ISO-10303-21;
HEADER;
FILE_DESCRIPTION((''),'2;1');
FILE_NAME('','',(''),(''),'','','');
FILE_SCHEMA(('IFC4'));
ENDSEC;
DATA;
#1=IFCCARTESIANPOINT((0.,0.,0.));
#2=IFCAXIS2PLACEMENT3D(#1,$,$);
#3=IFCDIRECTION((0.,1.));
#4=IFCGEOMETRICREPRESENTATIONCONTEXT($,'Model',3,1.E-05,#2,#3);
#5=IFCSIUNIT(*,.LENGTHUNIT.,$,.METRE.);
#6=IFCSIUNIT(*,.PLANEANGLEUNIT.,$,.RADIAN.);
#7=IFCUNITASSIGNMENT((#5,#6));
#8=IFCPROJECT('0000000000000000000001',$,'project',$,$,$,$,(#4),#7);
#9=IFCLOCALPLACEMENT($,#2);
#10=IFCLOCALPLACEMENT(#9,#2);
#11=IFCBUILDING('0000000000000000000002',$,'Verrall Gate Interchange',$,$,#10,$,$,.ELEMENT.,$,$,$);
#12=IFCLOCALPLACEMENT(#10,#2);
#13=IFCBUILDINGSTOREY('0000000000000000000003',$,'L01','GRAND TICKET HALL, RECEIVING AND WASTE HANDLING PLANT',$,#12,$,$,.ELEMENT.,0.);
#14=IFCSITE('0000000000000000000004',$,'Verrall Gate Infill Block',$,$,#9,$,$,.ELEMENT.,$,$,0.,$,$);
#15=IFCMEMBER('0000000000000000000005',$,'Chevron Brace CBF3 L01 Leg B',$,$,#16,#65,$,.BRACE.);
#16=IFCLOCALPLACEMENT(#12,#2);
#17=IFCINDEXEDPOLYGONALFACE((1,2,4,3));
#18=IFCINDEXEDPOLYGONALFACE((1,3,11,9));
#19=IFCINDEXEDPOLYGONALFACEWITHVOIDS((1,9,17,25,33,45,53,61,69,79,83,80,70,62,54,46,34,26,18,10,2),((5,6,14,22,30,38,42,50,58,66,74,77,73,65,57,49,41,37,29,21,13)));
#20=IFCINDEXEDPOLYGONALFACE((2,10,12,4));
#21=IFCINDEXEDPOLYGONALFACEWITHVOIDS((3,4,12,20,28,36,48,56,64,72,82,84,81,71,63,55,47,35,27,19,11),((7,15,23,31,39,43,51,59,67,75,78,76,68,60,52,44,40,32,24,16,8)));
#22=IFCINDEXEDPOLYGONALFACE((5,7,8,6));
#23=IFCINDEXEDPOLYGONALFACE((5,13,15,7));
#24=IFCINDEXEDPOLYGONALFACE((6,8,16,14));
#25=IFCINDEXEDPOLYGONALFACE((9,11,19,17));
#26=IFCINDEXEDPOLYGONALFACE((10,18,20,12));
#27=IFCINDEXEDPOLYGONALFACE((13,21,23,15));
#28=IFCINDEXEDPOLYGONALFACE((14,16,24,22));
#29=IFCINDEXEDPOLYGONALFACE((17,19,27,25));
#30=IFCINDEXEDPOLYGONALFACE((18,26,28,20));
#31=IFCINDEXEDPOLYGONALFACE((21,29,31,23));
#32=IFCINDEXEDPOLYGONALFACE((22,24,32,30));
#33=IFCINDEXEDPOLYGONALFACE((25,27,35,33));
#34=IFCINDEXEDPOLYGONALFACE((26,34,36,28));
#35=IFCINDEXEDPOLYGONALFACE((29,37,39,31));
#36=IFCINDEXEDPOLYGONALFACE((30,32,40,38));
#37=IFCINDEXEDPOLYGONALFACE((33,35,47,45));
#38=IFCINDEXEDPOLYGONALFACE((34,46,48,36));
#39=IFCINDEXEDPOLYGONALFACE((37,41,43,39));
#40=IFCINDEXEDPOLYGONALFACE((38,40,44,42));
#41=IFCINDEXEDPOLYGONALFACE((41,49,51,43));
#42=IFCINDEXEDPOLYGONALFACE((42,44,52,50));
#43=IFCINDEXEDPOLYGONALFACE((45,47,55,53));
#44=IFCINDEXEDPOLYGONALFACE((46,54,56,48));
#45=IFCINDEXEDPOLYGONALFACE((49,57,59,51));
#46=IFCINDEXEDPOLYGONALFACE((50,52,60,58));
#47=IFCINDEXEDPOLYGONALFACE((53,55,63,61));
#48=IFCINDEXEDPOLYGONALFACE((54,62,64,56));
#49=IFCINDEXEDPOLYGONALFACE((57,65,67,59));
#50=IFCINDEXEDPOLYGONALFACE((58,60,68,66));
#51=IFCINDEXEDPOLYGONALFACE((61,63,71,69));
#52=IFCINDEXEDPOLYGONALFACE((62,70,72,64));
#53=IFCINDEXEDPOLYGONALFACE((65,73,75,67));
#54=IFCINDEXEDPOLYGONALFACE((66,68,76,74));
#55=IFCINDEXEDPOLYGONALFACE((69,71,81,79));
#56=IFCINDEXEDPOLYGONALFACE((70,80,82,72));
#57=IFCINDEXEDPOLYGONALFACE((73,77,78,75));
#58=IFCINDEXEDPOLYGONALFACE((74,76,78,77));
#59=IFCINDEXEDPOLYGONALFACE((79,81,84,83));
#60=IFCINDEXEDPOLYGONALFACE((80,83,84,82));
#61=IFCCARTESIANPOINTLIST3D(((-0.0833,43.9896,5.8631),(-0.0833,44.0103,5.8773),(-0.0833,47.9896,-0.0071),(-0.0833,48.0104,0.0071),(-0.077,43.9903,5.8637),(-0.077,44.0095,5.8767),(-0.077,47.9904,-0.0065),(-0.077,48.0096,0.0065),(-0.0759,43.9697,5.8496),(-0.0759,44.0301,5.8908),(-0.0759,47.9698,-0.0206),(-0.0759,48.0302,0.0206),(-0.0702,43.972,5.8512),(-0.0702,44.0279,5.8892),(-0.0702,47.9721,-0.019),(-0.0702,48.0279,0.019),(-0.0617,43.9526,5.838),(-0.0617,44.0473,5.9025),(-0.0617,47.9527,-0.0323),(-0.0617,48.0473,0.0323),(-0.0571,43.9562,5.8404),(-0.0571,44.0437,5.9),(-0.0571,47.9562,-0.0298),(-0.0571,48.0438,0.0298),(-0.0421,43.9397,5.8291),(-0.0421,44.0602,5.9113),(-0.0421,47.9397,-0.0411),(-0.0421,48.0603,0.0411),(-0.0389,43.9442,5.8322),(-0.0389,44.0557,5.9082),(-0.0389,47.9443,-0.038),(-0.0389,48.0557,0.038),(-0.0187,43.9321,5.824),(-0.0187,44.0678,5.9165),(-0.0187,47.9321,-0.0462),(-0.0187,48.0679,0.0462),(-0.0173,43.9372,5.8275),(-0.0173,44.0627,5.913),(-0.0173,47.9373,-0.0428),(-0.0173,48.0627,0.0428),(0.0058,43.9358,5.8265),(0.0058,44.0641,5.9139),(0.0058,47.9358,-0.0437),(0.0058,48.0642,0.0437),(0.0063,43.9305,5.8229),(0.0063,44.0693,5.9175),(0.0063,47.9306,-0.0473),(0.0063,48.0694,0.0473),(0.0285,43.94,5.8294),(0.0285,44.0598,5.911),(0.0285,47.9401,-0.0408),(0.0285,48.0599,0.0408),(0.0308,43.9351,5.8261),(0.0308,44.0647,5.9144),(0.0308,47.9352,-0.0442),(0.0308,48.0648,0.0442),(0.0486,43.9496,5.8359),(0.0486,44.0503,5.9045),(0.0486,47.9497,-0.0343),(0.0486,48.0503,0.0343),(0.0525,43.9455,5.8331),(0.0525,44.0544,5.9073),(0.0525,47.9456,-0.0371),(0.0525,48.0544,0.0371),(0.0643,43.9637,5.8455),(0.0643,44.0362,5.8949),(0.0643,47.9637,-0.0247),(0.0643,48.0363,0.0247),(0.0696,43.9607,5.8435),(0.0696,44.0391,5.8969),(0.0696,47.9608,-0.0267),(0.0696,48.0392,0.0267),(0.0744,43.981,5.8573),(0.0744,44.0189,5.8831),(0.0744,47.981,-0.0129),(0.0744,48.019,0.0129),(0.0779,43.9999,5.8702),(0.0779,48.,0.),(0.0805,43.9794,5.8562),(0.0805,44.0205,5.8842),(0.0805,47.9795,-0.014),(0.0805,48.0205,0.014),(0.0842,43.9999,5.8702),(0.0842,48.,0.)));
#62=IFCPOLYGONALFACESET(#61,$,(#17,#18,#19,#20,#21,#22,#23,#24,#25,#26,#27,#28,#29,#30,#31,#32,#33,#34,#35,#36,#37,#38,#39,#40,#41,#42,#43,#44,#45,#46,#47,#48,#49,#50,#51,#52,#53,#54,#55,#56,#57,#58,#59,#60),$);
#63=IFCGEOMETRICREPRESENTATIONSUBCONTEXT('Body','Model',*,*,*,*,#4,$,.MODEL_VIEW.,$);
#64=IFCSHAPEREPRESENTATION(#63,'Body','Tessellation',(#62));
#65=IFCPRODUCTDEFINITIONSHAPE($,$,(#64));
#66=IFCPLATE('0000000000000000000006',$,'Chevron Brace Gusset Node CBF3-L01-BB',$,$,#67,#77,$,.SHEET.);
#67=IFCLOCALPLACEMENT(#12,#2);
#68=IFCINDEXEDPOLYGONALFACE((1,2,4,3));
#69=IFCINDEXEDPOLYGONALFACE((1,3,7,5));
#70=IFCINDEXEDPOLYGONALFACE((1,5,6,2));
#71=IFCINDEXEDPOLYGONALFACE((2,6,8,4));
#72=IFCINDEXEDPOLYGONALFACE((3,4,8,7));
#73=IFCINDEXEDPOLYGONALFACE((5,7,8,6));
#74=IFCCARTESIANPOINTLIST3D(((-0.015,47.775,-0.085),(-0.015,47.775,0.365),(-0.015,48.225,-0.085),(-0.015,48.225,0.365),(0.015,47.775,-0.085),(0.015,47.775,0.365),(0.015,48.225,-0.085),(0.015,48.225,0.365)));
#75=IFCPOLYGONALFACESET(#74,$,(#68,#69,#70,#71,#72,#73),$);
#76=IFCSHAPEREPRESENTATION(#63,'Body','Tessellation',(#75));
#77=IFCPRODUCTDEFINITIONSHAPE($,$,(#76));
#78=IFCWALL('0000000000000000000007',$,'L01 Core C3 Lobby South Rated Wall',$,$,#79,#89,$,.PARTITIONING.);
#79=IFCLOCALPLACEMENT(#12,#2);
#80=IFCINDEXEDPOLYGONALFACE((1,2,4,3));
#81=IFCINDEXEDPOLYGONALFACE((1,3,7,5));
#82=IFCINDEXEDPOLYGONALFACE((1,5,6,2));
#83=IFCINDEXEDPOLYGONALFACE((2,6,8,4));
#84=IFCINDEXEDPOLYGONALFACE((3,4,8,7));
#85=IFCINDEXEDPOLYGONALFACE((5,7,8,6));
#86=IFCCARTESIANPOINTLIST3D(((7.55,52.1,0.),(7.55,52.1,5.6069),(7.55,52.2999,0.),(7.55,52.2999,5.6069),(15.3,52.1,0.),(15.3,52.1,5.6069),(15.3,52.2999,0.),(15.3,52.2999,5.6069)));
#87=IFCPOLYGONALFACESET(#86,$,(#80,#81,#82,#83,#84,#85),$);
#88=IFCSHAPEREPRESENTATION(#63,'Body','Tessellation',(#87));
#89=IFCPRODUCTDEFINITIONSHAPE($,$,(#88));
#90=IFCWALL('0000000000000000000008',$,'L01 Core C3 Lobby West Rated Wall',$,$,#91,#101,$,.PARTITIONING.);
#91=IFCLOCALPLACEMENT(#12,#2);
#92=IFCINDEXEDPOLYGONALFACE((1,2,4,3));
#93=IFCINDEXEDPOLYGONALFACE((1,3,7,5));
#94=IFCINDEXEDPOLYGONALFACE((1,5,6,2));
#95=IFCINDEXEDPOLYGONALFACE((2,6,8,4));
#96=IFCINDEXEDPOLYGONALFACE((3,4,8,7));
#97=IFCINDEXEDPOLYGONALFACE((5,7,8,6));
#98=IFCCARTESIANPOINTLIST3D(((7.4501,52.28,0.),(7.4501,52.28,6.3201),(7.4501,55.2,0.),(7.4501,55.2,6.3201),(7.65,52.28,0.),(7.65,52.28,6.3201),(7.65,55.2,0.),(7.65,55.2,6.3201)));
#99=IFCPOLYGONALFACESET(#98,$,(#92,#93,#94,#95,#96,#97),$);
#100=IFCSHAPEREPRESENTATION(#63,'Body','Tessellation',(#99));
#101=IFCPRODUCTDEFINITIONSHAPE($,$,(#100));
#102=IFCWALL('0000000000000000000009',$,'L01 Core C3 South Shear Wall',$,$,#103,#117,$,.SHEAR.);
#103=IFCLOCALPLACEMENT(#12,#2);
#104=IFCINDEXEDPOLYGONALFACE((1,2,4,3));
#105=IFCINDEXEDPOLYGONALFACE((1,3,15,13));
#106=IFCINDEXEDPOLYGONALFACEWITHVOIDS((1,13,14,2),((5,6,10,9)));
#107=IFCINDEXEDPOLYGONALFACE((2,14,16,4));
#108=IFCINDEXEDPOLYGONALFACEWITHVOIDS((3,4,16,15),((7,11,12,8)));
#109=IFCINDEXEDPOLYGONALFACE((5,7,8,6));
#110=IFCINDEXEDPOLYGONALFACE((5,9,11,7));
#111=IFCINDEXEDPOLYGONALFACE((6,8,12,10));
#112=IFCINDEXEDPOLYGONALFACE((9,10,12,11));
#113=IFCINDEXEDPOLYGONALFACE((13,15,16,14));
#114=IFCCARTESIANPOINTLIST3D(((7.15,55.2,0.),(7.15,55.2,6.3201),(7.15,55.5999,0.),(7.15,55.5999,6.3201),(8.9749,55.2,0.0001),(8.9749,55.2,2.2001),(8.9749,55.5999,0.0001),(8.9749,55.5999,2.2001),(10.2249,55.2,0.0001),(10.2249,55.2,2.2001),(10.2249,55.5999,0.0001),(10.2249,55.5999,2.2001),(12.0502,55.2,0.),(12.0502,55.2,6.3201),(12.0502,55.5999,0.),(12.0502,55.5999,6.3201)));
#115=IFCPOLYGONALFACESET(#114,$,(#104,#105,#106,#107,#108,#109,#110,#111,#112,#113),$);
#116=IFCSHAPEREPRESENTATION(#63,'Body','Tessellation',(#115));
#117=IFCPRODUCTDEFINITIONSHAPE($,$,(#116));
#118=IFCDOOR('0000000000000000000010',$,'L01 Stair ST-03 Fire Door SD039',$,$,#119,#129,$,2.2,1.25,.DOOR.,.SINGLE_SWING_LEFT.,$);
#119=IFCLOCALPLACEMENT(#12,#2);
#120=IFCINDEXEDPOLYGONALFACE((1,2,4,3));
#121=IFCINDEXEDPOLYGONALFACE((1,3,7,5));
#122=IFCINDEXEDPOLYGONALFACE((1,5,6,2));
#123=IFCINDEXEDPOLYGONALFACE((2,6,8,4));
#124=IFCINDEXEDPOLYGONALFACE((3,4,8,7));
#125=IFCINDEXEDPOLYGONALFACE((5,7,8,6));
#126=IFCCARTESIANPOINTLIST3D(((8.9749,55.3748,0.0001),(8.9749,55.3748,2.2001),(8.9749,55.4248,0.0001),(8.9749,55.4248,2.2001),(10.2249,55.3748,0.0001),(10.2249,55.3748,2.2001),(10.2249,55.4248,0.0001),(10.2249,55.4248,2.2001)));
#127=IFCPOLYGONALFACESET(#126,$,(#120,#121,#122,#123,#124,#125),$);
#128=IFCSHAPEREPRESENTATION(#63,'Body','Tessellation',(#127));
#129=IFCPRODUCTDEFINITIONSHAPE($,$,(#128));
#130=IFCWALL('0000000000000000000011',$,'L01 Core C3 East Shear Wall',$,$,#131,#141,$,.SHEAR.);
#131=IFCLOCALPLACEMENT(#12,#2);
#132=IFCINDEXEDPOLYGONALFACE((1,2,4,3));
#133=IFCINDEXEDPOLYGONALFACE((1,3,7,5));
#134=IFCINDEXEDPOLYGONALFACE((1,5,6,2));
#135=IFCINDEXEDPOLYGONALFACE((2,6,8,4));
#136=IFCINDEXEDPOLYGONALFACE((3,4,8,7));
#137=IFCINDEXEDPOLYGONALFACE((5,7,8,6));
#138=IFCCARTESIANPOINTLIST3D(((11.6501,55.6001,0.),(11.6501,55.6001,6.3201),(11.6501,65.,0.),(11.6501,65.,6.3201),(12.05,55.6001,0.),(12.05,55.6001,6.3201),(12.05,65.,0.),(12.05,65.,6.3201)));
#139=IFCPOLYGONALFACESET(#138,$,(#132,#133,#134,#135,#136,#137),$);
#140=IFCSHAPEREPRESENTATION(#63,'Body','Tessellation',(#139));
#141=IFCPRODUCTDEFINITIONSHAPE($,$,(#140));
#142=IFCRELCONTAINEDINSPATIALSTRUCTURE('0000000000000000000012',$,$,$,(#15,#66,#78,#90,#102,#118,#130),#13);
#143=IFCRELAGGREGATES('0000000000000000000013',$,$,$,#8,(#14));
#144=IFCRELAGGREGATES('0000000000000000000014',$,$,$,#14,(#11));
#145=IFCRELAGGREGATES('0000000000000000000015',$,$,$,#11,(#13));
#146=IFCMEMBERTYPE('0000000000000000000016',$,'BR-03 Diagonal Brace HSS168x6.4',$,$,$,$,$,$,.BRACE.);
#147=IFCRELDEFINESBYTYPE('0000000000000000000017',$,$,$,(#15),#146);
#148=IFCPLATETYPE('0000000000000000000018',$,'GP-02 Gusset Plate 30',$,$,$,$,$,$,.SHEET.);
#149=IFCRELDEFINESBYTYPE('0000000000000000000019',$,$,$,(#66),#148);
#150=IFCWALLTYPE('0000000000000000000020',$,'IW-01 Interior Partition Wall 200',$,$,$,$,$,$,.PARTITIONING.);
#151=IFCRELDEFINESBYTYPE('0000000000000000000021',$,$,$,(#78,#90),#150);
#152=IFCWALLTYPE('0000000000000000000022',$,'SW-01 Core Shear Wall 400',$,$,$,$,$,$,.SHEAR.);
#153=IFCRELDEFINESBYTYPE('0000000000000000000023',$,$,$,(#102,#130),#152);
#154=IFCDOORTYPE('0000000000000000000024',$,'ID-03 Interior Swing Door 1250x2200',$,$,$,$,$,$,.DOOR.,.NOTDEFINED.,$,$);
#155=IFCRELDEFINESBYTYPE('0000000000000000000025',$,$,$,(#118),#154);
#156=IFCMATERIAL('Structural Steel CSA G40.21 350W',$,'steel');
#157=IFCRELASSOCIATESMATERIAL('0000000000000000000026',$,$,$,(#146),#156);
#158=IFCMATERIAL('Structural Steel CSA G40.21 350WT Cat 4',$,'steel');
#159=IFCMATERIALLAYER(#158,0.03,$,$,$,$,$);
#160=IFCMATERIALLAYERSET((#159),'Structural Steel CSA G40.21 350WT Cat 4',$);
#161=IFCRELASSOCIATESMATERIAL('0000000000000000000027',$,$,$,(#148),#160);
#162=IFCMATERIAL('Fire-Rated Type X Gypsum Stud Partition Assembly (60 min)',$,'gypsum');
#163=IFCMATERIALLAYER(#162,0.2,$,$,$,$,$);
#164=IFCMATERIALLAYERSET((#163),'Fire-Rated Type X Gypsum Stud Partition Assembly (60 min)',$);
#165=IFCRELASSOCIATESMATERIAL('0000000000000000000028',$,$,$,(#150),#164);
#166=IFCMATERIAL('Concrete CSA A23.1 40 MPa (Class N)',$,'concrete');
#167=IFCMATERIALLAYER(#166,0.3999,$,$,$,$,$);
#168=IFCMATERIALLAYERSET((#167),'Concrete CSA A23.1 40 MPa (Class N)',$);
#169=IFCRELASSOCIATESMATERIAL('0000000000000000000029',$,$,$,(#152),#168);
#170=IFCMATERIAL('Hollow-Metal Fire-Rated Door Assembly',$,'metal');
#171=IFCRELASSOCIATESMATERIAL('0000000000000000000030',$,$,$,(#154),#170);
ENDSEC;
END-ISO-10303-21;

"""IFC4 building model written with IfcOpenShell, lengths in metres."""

from ifc_helpers import new_model, si_unit, direction, frame, frame_2d, origin, origin_2d, place, context, subcontext, project, spatial, rectangle, hollow_circle, extrude, material, layer, layer_set, material_profile, profile_set, type_object, element, fill, save


model = new_model("IFC4")

# Units and contexts
model_context = context("Model", 3, precision=1e-05, world=origin(), true_north=direction((0.0, 1.0)))
body_context = subcontext(model_context, "Body", "Model", "MODEL_VIEW")
ifc_project = project(units=[si_unit("LENGTHUNIT", "METRE"), si_unit("PLANEANGLEUNIT", "RADIAN")], contexts=[model_context])

# Site, building, storey
site_placement = place(None, origin())
site = spatial("IfcSite", under=ifc_project, at=site_placement, Name="Verrall Gate Infill Block", CompositionType="ELEMENT", RefElevation=0.0)
building_placement = place(site_placement, origin())
building = spatial("IfcBuilding", under=site, at=building_placement, Name="Verrall Gate Interchange", CompositionType="ELEMENT")
storey_placement = place(building_placement, origin())
storey = spatial("IfcBuildingStorey", under=building, at=storey_placement, Name="L01", Description="GRAND TICKET HALL, RECEIVING AND WASTE HANDLING PLANT", CompositionType="ELEMENT", Elevation=0.0)

# Member
ifc_material_1 = material(Name="Structural Steel CSA G40.21 350W", Category="steel")
ifc_material_profile_1 = material_profile(ifc_material_1, hollow_circle(Radius=0.0842, WallThickness=0.0063, at=origin_2d()), Name="HSS168x6.4")
ifc_profile_set_1 = profile_set([ifc_material_profile_1], Name="Structural Steel CSA G40.21 350W")
member_type = type_object("IfcMemberType", Name="BR-03 Diagonal Brace HSS168x6.4", PredefinedType="BRACE", material=ifc_profile_set_1)
member_placement = place(storey_placement, frame((0.0, 48.0, 0.0), z_axis=(0.0, -0.563111, 0.826381), x_axis=(1.0, 0.0, 0.0)))
element("IfcMember", 1, at=member_placement, inside=storey, type_object=member_type, Name="Chevron Brace CBF3 L01 Leg B", PredefinedType="BRACE", context=body_context, shape_type="SweptSolid", body=[
    extrude(hollow_circle(Radius=0.0842, WallThickness=0.0063, at=origin_2d()), origin(), (0.0, 0.0, 1.0), 7.1035),
])

# Plate
ifc_material_2 = material(Name="Structural Steel CSA G40.21 350WT Cat 4", Category="steel")
ifc_layer_1 = layer(ifc_material_2, 0.03)
ifc_layer_set_1 = layer_set([ifc_layer_1], Name="Structural Steel CSA G40.21 350WT Cat 4")
plate_type = type_object("IfcPlateType", Name="GP-02 Gusset Plate 30", PredefinedType="SHEET", material=ifc_layer_set_1)
plate_placement = place(storey_placement, frame((0.0, 48.0, -0.085), z_axis=(0.0, 0.0, 1.0), x_axis=(1.0, 0.0, 0.0)))
element("IfcPlate", 2, at=plate_placement, inside=storey, type_object=plate_type, Name="Chevron Brace Gusset Node CBF3-L01-BB", PredefinedType="SHEET", context=body_context, shape_type="SweptSolid", body=[
    extrude(rectangle(XDim=0.03, YDim=0.45, at=origin_2d()), origin(), (0.0, 0.0, 1.0), 0.45),
])

# Walls
ifc_material_3 = material(Name="Fire-Rated Type X Gypsum Stud Partition Assembly (60 min)", Category="gypsum")
ifc_layer_2 = layer(ifc_material_3, 0.2)
ifc_layer_set_2 = layer_set([ifc_layer_2], Name="Fire-Rated Type X Gypsum Stud Partition Assembly (60 min)")
wall_type_1 = type_object("IfcWallType", Name="IW-01 Interior Partition Wall 200", PredefinedType="PARTITIONING", material=ifc_layer_set_2)
wall_1_placement = place(storey_placement, frame((7.55, 52.2, 0.0), z_axis=(0.0, 0.0, 1.0), x_axis=(1.0, 0.0, 0.0)))
element("IfcWall", 3, at=wall_1_placement, inside=storey, type_object=wall_type_1, Name="L01 Core C3 Lobby South Rated Wall", PredefinedType="PARTITIONING", context=body_context, shape_type="SweptSolid", body=[
    extrude(rectangle(XDim=7.75, YDim=0.2, at=frame_2d((3.875, 0.0))), origin(), (0.0, 0.0, 1.0), 5.6069),
])
wall_2_placement = place(storey_placement, frame((7.55, 55.2, 0.0), z_axis=(0.0, 0.0, 1.0), x_axis=(0.0, -1.0, 0.0)))
element("IfcWall", 4, at=wall_2_placement, inside=storey, type_object=wall_type_1, Name="L01 Core C3 Lobby West Rated Wall", PredefinedType="PARTITIONING", context=body_context, shape_type="SweptSolid", body=[
    extrude(rectangle(XDim=2.9199, YDim=0.2, at=frame_2d((1.46, 0.0))), origin(), (0.0, 0.0, 1.0), 6.3201),
])

# Wall, opening, door
ifc_material_4 = material(Name="Concrete CSA A23.1 40 MPa (Class N)", Category="concrete")
ifc_layer_3 = layer(ifc_material_4, 0.3999)
ifc_layer_set_3 = layer_set([ifc_layer_3], Name="Concrete CSA A23.1 40 MPa (Class N)")
wall_type_2 = type_object("IfcWallType", Name="SW-01 Core Shear Wall 400", PredefinedType="SHEAR", material=ifc_layer_set_3)
wall_3_placement = place(storey_placement, frame((7.1499, 55.3999, 0.0), z_axis=(0.0, 0.0, 1.0), x_axis=(1.0, 0.0, 0.0)))
wall_3 = element("IfcWall", 5, at=wall_3_placement, inside=storey, type_object=wall_type_2, Name="L01 Core C3 South Shear Wall", PredefinedType="SHEAR", context=body_context, shape_type="SweptSolid", body=[
    extrude(rectangle(XDim=4.9001, YDim=0.3999, at=frame_2d((2.4502, 0.0))), origin(), (0.0, 0.0, 1.0), 6.3201),
])
opening_placement = place(wall_3_placement, frame((1.825, 0.0, 0.0)))
opening = element("IfcOpeningElement", 6, at=opening_placement, cuts=wall_3, PredefinedType="OPENING", context=body_context, shape_type="SweptSolid", body=[
    extrude(rectangle(XDim=1.25, YDim=2.2, at=frame_2d((0.625, 1.1001))), frame((0.0, 0.2148, 0.0), z_axis=(0.0, -1.0, 0.0), x_axis=(1.0, 0.0, 0.0)), (0.0, 0.0, 1.0), 0.4297),
])
ifc_material_5 = material(Name="Hollow-Metal Fire-Rated Door Assembly", Category="metal")
door_type = type_object("IfcDoorType", Name="ID-03 Interior Swing Door 1250x2200", OperationType="NOTDEFINED", PredefinedType="DOOR", material=ifc_material_5)
door_placement = place(opening_placement, origin())
door = element("IfcDoor", 7, at=door_placement, inside=storey, type_object=door_type, Name="L01 Stair ST-03 Fire Door SD039", OperationType="SINGLE_SWING_LEFT", OverallHeight=2.2, OverallWidth=1.25, PredefinedType="DOOR", context=body_context, shape_type="SweptSolid", body=[
    extrude(rectangle(XDim=1.25, YDim=2.2, at=frame_2d((0.625, 1.1001))), frame((0.0, 0.0249, 0.0), z_axis=(0.0, -1.0, 0.0), x_axis=(1.0, 0.0, 0.0)), (0.0, 0.0, 1.0), 0.05),
])
fill(opening, door)

# Wall
wall_4_placement = place(storey_placement, frame((11.8501, 55.6001, 0.0), z_axis=(0.0, 0.0, 1.0), x_axis=(0.0, 1.0, 0.0)))
element("IfcWall", 8, at=wall_4_placement, inside=storey, type_object=wall_type_2, Name="L01 Core C3 East Shear Wall", PredefinedType="SHEAR", context=body_context, shape_type="SweptSolid", body=[
    extrude(rectangle(XDim=9.3999, YDim=0.3999, at=frame_2d((4.7, 0.0))), origin(), (0.0, 0.0, 1.0), 6.3201),
])

save(model, "model.ifc")
